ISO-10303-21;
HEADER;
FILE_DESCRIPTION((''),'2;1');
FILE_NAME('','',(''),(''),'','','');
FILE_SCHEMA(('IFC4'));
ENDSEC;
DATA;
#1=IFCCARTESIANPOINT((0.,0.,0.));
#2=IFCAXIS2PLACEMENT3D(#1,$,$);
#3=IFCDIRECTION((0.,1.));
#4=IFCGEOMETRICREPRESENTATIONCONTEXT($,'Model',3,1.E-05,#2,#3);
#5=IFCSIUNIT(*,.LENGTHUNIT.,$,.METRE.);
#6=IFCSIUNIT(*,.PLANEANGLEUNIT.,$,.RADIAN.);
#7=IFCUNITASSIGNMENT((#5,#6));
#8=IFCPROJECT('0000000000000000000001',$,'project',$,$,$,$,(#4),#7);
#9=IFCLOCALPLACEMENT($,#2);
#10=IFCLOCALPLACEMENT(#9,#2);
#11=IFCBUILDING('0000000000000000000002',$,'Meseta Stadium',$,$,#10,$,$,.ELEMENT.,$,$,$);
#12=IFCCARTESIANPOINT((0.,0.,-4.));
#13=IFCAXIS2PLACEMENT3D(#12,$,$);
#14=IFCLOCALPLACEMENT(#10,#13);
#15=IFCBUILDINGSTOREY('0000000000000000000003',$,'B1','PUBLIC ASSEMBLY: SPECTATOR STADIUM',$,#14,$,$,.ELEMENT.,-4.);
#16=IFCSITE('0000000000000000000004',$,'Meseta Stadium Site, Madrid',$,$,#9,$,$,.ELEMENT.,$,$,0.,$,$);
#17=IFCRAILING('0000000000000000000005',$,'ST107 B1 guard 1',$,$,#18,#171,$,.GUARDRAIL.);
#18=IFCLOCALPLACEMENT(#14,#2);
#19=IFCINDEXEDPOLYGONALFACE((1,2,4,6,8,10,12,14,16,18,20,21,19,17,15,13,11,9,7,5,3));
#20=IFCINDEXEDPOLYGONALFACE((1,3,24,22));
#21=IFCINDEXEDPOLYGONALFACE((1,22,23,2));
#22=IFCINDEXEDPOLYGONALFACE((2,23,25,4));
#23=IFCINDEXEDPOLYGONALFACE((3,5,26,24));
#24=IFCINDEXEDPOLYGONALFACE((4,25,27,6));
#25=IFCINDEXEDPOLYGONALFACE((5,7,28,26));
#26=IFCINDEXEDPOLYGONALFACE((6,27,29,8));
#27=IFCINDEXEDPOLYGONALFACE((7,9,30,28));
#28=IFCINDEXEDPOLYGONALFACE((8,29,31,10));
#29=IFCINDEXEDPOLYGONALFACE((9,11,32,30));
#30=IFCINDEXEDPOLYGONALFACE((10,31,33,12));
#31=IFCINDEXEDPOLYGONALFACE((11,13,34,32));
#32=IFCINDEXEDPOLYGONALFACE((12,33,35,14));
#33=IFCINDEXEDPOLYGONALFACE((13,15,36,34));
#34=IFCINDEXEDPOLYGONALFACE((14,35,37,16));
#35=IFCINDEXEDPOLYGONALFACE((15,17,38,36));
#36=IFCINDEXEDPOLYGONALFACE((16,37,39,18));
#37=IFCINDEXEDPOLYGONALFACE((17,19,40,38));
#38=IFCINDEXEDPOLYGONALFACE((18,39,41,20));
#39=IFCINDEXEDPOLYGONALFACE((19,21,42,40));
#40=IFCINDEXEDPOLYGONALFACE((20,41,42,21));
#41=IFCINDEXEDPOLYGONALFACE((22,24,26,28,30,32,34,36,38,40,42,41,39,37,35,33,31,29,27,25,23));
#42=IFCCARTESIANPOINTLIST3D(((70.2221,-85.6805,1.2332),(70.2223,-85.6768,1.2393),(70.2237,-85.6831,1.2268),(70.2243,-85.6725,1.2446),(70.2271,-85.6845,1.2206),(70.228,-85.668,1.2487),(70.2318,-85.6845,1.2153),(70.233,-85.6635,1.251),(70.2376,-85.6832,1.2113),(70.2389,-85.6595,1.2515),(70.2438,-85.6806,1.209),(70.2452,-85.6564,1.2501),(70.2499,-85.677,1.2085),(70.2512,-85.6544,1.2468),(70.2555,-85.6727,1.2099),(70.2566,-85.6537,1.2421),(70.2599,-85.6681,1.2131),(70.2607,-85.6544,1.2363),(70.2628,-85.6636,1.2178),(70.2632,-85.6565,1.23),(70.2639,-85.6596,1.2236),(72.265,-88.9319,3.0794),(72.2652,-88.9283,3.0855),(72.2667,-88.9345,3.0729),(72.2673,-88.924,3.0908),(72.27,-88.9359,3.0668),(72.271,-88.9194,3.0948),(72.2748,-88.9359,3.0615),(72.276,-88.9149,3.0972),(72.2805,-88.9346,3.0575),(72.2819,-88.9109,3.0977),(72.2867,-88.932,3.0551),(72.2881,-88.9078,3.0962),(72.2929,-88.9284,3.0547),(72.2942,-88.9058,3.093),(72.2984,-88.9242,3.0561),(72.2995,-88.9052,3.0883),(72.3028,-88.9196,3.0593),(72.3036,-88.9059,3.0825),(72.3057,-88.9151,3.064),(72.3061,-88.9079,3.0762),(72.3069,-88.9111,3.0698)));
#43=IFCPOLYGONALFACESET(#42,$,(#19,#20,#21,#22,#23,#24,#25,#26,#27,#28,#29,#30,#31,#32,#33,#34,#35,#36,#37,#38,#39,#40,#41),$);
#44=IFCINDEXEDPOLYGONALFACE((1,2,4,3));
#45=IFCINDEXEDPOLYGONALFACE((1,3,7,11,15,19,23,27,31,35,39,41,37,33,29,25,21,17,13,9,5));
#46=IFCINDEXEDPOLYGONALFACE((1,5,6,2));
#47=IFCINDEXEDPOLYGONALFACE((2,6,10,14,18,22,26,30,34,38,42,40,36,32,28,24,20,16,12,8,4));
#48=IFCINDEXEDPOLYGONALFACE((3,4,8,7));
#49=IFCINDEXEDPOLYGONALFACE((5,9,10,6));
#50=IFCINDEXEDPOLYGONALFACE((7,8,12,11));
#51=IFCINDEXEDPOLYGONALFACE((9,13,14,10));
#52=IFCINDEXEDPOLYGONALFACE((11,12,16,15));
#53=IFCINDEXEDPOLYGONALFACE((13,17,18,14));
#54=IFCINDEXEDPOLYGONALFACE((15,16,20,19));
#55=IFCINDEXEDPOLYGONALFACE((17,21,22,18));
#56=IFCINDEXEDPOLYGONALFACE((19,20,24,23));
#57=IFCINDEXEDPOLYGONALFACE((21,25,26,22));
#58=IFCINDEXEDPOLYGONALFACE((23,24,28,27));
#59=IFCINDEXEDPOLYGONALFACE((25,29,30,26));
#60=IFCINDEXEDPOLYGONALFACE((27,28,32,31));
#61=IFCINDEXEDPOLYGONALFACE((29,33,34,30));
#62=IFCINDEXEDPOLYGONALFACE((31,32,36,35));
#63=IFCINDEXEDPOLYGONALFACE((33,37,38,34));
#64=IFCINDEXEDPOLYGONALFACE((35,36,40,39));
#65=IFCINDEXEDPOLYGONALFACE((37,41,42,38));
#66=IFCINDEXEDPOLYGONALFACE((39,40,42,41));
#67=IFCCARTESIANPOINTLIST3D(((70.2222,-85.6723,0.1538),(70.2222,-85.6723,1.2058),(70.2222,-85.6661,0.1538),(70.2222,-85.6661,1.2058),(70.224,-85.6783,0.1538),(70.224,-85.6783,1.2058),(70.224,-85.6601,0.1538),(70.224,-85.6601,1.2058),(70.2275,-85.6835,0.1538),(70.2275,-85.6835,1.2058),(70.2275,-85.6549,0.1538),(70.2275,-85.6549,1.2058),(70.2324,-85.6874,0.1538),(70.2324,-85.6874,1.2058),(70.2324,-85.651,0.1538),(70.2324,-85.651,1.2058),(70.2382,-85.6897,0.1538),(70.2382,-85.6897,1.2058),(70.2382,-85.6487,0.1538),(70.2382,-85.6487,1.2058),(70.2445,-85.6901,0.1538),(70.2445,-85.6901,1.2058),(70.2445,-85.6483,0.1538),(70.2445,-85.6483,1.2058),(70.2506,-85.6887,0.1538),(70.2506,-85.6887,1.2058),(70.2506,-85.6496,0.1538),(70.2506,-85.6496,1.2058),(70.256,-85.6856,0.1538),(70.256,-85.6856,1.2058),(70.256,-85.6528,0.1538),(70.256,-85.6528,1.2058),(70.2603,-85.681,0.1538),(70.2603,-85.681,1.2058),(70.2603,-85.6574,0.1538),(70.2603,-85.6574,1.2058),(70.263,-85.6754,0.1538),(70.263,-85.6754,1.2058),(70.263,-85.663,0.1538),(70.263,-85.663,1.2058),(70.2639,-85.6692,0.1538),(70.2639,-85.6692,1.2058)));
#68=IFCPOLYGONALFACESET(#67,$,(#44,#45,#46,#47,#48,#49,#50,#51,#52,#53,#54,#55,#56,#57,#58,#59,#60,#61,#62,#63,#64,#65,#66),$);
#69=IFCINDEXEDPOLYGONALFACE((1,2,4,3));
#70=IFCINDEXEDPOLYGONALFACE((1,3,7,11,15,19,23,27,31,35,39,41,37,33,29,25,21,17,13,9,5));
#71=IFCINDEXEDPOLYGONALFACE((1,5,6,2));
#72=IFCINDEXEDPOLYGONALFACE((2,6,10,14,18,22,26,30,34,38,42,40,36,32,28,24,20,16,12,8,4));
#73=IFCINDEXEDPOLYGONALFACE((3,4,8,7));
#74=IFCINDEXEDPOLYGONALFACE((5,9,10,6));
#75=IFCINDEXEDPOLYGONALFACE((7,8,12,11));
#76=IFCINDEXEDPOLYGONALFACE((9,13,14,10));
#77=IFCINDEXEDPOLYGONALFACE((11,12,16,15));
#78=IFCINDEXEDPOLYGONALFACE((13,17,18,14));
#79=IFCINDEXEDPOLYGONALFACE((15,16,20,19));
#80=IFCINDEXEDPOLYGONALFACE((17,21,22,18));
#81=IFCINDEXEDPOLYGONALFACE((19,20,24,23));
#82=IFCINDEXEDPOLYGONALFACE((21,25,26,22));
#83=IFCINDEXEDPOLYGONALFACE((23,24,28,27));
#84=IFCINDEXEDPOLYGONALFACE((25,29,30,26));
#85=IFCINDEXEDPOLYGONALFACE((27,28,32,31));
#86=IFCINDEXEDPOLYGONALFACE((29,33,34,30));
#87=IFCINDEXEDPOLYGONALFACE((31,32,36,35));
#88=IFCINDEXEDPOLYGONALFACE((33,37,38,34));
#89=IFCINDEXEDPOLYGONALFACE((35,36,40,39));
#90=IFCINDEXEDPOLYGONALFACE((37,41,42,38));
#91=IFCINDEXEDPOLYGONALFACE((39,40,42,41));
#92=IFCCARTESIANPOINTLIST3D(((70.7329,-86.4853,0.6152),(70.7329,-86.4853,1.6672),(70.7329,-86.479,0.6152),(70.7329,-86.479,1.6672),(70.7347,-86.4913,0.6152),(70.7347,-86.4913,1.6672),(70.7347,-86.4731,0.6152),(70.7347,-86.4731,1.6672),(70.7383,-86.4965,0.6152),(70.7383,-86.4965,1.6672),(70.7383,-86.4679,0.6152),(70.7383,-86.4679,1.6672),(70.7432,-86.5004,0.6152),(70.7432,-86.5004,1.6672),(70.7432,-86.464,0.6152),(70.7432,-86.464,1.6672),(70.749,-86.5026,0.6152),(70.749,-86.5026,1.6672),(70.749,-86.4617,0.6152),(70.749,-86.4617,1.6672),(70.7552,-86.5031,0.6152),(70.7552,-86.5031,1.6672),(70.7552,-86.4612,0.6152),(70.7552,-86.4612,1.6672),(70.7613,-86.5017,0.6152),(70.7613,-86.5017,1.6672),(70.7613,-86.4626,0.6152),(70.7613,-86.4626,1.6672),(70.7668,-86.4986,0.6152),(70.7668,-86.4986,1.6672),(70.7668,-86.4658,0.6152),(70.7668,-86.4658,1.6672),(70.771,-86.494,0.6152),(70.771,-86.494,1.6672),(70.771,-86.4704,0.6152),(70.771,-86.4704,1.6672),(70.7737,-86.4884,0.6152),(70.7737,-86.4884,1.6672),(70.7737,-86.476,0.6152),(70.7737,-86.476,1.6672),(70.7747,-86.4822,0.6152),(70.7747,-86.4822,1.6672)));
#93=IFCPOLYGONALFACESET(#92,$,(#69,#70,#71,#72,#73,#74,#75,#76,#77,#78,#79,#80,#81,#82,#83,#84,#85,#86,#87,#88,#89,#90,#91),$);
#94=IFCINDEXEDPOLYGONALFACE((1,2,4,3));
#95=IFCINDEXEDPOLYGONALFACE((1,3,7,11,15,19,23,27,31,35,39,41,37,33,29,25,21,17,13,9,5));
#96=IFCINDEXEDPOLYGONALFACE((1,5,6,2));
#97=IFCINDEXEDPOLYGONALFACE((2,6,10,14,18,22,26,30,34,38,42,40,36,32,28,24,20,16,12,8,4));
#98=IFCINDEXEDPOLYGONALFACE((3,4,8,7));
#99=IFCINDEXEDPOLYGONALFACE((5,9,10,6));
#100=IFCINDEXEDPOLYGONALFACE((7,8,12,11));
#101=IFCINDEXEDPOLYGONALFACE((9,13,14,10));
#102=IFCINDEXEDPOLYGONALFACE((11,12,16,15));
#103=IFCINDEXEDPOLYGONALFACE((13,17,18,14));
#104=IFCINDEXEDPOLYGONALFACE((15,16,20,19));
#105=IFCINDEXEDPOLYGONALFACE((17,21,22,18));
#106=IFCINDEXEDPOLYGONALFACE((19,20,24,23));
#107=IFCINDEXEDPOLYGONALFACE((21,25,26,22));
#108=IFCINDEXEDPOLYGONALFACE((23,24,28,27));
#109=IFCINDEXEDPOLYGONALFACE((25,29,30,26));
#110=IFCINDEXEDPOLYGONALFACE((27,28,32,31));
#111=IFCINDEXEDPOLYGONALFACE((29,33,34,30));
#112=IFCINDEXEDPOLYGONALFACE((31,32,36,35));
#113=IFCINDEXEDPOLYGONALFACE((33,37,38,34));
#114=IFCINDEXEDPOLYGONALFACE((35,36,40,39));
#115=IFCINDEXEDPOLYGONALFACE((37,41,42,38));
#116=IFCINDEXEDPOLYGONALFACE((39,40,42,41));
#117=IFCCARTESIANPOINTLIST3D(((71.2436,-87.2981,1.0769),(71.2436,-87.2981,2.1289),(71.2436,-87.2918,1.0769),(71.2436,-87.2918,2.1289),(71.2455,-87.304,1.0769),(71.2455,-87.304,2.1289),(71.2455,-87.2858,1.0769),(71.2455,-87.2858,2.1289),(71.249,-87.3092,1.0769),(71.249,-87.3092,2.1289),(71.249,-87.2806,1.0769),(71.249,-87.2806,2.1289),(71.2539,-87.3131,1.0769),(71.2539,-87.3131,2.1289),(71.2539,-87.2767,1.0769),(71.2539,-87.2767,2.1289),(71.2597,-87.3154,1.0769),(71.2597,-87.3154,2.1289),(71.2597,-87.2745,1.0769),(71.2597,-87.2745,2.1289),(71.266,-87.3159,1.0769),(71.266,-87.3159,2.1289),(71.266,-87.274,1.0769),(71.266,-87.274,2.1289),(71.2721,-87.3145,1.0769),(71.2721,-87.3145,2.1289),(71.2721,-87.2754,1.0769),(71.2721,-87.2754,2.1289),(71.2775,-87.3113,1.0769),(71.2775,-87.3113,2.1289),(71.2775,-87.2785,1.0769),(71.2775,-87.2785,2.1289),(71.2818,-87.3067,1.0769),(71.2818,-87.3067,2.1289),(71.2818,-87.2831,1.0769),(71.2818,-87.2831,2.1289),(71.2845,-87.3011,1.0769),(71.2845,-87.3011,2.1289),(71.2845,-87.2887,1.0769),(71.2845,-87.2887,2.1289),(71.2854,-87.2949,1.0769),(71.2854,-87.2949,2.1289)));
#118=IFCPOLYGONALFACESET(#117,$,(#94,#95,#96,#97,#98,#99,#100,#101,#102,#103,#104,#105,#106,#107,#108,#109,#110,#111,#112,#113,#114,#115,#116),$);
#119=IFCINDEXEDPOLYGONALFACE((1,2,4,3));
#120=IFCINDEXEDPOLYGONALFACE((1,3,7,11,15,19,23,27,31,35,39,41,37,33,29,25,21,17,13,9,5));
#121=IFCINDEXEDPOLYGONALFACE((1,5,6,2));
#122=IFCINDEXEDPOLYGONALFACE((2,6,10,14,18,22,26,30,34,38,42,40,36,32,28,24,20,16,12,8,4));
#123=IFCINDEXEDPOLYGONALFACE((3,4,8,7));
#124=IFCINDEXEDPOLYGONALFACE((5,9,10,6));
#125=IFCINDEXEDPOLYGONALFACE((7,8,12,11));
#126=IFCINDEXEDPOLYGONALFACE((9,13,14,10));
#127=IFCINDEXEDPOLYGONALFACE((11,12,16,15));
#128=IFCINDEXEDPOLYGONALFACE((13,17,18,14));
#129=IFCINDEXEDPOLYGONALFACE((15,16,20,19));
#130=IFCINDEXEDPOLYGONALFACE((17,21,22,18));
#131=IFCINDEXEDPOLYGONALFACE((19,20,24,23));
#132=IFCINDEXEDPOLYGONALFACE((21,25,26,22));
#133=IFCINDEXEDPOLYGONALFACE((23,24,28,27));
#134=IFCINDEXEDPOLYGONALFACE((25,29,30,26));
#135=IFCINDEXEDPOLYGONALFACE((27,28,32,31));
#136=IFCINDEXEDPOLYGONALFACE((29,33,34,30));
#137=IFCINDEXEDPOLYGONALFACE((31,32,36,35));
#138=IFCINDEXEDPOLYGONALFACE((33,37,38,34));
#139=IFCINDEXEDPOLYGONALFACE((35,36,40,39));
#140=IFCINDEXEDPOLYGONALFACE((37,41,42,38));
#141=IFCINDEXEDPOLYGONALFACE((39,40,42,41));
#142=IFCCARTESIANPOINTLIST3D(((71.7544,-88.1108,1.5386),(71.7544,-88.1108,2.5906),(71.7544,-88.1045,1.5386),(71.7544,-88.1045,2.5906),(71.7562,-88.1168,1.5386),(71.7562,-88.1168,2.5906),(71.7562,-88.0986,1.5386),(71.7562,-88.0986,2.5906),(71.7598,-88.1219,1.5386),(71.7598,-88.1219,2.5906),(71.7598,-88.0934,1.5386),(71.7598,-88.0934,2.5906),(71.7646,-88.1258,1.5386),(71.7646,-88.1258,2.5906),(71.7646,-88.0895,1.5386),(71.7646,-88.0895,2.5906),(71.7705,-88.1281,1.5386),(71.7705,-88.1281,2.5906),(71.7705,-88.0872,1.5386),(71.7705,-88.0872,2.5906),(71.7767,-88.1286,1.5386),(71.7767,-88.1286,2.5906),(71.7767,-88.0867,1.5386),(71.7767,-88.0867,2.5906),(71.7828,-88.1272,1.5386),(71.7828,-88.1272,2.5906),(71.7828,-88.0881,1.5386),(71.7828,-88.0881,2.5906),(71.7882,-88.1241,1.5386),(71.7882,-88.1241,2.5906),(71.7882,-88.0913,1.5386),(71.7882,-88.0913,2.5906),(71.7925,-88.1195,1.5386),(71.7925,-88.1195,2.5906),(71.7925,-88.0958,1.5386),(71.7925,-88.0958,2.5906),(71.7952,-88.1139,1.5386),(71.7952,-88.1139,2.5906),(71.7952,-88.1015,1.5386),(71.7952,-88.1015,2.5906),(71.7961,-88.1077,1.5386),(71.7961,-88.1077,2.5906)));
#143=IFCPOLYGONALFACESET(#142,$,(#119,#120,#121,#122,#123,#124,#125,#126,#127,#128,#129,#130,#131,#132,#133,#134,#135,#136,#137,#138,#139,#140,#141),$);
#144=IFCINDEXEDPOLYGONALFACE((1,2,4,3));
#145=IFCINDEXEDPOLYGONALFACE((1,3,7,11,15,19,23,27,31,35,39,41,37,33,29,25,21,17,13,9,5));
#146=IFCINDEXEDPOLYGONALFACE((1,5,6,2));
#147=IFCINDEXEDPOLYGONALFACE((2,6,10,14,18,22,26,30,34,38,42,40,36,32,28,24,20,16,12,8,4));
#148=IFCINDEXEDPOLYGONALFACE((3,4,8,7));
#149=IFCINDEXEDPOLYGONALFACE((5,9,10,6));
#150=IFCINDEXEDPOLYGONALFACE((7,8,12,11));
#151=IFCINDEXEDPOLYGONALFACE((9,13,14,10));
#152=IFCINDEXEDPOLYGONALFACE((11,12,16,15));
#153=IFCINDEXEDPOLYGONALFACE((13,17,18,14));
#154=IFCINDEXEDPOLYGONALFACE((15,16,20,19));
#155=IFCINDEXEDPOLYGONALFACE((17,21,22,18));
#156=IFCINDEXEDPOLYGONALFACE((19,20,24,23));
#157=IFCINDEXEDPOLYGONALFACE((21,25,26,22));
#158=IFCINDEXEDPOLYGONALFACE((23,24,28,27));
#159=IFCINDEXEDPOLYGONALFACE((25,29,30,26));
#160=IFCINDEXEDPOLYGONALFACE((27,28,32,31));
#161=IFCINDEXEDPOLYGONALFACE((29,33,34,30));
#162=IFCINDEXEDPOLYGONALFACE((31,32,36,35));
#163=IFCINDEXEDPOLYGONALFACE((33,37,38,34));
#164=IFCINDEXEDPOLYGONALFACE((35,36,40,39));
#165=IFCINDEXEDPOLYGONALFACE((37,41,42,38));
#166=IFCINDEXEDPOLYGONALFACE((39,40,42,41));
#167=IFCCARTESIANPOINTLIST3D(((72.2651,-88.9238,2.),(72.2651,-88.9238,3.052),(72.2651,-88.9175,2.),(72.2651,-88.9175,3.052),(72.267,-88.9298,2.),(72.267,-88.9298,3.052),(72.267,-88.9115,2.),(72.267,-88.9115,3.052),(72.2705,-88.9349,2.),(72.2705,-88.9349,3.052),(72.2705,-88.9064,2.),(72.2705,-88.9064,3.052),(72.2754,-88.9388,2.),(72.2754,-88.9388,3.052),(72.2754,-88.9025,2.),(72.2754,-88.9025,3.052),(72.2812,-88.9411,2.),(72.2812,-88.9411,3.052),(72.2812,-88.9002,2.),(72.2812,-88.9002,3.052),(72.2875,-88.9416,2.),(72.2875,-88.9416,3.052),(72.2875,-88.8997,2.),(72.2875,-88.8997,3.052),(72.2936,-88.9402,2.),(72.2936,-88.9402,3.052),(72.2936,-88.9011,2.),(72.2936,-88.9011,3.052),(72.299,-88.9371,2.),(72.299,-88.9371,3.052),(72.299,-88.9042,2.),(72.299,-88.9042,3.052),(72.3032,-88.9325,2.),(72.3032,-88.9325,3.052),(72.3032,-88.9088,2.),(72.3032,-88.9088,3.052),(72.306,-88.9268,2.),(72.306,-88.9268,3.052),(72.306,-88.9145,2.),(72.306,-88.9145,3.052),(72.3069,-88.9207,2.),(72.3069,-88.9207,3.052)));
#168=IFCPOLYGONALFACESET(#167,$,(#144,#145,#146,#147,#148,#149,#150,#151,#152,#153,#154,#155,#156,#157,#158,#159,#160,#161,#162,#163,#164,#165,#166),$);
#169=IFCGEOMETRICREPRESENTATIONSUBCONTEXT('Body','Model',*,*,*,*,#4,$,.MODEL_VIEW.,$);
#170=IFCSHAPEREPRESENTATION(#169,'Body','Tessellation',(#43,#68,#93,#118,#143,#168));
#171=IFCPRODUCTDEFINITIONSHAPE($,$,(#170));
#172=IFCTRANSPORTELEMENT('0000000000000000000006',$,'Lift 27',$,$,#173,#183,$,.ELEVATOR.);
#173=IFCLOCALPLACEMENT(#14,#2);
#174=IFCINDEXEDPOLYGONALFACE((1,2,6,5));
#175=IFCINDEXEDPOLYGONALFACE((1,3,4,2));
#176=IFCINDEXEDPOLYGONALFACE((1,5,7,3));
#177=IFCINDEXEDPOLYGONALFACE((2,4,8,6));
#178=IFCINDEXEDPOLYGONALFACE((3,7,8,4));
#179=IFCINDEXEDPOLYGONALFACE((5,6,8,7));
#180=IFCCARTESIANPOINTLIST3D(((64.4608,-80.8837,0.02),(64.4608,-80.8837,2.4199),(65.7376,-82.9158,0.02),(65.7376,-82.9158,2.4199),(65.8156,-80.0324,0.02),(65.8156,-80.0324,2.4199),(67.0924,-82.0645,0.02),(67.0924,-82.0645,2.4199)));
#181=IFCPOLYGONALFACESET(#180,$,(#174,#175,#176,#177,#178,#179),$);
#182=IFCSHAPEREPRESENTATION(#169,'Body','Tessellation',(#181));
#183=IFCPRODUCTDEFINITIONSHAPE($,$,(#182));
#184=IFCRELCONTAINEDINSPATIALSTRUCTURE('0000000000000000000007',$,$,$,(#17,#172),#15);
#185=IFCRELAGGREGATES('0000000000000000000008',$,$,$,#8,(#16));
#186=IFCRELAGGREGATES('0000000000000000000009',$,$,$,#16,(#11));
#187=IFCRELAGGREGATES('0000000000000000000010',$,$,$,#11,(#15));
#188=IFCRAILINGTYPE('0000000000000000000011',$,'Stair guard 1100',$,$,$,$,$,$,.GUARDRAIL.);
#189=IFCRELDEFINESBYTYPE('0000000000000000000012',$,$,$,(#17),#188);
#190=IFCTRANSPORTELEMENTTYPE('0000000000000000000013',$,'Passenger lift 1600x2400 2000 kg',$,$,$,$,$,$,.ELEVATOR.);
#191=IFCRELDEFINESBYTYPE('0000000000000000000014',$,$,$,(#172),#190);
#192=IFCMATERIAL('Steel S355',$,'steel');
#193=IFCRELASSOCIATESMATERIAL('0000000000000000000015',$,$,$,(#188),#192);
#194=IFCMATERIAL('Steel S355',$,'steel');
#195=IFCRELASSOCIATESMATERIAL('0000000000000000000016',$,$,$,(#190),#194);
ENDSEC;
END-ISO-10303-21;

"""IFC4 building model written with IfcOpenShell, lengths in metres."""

from ifc_helpers import new_model, si_unit, direction, frame, origin, origin_2d, place, context, subcontext, project, spatial, rectangle, circle, extrude, material, type_object, element, save


model = new_model("IFC4")

# Units and contexts
model_context = context("Model", 3, precision=1e-05, world=origin(), true_north=direction((0.0, 1.0)))
body_context = subcontext(model_context, "Body", "Model", "MODEL_VIEW")
ifc_project = project(units=[si_unit("LENGTHUNIT", "METRE"), si_unit("PLANEANGLEUNIT", "RADIAN")], contexts=[model_context])

# Site, building, storey
site_placement = place(None, origin())
site = spatial("IfcSite", under=ifc_project, at=site_placement, Name="Meseta Stadium Site, Madrid", CompositionType="ELEMENT", RefElevation=0.0)
building_placement = place(site_placement, origin())
building = spatial("IfcBuilding", under=site, at=building_placement, Name="Meseta Stadium", CompositionType="ELEMENT")
storey_placement = place(building_placement, frame((0.0, 0.0, -4.0)))
storey = spatial("IfcBuildingStorey", under=building, at=storey_placement, Name="B1", Description="PUBLIC ASSEMBLY: SPECTATOR STADIUM", CompositionType="ELEMENT", Elevation=-4.0)

# Railing
ifc_material_1 = material(Name="Steel S355", Category="steel")
railing_type = type_object("IfcRailingType", Name="Stair guard 1100", PredefinedType="GUARDRAIL", material=ifc_material_1)
railing_placement = place(storey_placement, frame((70.2429, -85.6692, 0.1538)))
element("IfcRailing", 1, at=railing_placement, inside=storey, type_object=railing_type, Name="ST107 B1 guard 1", PredefinedType="GUARDRAIL", context=body_context, shape_type="SweptSolid", body=[
    extrude(circle(Radius=0.0239, at=origin_2d()), frame((0.0, 0.0, 1.0762), z_axis=(0.479483, -0.763117, 0.4333), x_axis=(0.846731, 0.53202, 0.0)), (0.0, 0.0, 1.0), 4.2607),
    extrude(circle(Radius=0.021, at=origin_2d()), origin(), (0.0, 0.0, 1.0), 1.052),
    extrude(circle(Radius=0.021, at=origin_2d()), frame((0.5107, -0.813, 0.4614)), (0.0, 0.0, 1.0), 1.052),
    extrude(circle(Radius=0.021, at=origin_2d()), frame((1.0215, -1.6257, 0.9231)), (0.0, 0.0, 1.0), 1.052),
    extrude(circle(Radius=0.021, at=origin_2d()), frame((1.5322, -2.4385, 1.3848)), (0.0, 0.0, 1.0), 1.052),
    extrude(circle(Radius=0.021, at=origin_2d()), frame((2.043, -3.2515, 1.8462)), (0.0, 0.0, 1.0), 1.052),
])

# Transport element
ifc_material_2 = material(Name="Steel S355", Category="steel")
transport_element_type = type_object("IfcTransportElementType", Name="Passenger lift 1600x2400 2000 kg", PredefinedType="ELEVATOR", material=ifc_material_2)
transport_element_placement = place(storey_placement, frame((65.7766, -81.4741, 0.02), z_axis=(0.0, 0.0, 1.0), x_axis=(-0.532033, 0.846724, 0.0)))
element("IfcTransportElement", 2, at=transport_element_placement, inside=storey, type_object=transport_element_type, Name="Lift 27", PredefinedType="ELEVATOR", context=body_context, shape_type="SweptSolid", body=[
    extrude(rectangle(XDim=2.3999, YDim=1.6001, at=origin_2d()), origin(), (0.0, 0.0, 1.0), 2.3999),
])

save(model, "model.ifc")
